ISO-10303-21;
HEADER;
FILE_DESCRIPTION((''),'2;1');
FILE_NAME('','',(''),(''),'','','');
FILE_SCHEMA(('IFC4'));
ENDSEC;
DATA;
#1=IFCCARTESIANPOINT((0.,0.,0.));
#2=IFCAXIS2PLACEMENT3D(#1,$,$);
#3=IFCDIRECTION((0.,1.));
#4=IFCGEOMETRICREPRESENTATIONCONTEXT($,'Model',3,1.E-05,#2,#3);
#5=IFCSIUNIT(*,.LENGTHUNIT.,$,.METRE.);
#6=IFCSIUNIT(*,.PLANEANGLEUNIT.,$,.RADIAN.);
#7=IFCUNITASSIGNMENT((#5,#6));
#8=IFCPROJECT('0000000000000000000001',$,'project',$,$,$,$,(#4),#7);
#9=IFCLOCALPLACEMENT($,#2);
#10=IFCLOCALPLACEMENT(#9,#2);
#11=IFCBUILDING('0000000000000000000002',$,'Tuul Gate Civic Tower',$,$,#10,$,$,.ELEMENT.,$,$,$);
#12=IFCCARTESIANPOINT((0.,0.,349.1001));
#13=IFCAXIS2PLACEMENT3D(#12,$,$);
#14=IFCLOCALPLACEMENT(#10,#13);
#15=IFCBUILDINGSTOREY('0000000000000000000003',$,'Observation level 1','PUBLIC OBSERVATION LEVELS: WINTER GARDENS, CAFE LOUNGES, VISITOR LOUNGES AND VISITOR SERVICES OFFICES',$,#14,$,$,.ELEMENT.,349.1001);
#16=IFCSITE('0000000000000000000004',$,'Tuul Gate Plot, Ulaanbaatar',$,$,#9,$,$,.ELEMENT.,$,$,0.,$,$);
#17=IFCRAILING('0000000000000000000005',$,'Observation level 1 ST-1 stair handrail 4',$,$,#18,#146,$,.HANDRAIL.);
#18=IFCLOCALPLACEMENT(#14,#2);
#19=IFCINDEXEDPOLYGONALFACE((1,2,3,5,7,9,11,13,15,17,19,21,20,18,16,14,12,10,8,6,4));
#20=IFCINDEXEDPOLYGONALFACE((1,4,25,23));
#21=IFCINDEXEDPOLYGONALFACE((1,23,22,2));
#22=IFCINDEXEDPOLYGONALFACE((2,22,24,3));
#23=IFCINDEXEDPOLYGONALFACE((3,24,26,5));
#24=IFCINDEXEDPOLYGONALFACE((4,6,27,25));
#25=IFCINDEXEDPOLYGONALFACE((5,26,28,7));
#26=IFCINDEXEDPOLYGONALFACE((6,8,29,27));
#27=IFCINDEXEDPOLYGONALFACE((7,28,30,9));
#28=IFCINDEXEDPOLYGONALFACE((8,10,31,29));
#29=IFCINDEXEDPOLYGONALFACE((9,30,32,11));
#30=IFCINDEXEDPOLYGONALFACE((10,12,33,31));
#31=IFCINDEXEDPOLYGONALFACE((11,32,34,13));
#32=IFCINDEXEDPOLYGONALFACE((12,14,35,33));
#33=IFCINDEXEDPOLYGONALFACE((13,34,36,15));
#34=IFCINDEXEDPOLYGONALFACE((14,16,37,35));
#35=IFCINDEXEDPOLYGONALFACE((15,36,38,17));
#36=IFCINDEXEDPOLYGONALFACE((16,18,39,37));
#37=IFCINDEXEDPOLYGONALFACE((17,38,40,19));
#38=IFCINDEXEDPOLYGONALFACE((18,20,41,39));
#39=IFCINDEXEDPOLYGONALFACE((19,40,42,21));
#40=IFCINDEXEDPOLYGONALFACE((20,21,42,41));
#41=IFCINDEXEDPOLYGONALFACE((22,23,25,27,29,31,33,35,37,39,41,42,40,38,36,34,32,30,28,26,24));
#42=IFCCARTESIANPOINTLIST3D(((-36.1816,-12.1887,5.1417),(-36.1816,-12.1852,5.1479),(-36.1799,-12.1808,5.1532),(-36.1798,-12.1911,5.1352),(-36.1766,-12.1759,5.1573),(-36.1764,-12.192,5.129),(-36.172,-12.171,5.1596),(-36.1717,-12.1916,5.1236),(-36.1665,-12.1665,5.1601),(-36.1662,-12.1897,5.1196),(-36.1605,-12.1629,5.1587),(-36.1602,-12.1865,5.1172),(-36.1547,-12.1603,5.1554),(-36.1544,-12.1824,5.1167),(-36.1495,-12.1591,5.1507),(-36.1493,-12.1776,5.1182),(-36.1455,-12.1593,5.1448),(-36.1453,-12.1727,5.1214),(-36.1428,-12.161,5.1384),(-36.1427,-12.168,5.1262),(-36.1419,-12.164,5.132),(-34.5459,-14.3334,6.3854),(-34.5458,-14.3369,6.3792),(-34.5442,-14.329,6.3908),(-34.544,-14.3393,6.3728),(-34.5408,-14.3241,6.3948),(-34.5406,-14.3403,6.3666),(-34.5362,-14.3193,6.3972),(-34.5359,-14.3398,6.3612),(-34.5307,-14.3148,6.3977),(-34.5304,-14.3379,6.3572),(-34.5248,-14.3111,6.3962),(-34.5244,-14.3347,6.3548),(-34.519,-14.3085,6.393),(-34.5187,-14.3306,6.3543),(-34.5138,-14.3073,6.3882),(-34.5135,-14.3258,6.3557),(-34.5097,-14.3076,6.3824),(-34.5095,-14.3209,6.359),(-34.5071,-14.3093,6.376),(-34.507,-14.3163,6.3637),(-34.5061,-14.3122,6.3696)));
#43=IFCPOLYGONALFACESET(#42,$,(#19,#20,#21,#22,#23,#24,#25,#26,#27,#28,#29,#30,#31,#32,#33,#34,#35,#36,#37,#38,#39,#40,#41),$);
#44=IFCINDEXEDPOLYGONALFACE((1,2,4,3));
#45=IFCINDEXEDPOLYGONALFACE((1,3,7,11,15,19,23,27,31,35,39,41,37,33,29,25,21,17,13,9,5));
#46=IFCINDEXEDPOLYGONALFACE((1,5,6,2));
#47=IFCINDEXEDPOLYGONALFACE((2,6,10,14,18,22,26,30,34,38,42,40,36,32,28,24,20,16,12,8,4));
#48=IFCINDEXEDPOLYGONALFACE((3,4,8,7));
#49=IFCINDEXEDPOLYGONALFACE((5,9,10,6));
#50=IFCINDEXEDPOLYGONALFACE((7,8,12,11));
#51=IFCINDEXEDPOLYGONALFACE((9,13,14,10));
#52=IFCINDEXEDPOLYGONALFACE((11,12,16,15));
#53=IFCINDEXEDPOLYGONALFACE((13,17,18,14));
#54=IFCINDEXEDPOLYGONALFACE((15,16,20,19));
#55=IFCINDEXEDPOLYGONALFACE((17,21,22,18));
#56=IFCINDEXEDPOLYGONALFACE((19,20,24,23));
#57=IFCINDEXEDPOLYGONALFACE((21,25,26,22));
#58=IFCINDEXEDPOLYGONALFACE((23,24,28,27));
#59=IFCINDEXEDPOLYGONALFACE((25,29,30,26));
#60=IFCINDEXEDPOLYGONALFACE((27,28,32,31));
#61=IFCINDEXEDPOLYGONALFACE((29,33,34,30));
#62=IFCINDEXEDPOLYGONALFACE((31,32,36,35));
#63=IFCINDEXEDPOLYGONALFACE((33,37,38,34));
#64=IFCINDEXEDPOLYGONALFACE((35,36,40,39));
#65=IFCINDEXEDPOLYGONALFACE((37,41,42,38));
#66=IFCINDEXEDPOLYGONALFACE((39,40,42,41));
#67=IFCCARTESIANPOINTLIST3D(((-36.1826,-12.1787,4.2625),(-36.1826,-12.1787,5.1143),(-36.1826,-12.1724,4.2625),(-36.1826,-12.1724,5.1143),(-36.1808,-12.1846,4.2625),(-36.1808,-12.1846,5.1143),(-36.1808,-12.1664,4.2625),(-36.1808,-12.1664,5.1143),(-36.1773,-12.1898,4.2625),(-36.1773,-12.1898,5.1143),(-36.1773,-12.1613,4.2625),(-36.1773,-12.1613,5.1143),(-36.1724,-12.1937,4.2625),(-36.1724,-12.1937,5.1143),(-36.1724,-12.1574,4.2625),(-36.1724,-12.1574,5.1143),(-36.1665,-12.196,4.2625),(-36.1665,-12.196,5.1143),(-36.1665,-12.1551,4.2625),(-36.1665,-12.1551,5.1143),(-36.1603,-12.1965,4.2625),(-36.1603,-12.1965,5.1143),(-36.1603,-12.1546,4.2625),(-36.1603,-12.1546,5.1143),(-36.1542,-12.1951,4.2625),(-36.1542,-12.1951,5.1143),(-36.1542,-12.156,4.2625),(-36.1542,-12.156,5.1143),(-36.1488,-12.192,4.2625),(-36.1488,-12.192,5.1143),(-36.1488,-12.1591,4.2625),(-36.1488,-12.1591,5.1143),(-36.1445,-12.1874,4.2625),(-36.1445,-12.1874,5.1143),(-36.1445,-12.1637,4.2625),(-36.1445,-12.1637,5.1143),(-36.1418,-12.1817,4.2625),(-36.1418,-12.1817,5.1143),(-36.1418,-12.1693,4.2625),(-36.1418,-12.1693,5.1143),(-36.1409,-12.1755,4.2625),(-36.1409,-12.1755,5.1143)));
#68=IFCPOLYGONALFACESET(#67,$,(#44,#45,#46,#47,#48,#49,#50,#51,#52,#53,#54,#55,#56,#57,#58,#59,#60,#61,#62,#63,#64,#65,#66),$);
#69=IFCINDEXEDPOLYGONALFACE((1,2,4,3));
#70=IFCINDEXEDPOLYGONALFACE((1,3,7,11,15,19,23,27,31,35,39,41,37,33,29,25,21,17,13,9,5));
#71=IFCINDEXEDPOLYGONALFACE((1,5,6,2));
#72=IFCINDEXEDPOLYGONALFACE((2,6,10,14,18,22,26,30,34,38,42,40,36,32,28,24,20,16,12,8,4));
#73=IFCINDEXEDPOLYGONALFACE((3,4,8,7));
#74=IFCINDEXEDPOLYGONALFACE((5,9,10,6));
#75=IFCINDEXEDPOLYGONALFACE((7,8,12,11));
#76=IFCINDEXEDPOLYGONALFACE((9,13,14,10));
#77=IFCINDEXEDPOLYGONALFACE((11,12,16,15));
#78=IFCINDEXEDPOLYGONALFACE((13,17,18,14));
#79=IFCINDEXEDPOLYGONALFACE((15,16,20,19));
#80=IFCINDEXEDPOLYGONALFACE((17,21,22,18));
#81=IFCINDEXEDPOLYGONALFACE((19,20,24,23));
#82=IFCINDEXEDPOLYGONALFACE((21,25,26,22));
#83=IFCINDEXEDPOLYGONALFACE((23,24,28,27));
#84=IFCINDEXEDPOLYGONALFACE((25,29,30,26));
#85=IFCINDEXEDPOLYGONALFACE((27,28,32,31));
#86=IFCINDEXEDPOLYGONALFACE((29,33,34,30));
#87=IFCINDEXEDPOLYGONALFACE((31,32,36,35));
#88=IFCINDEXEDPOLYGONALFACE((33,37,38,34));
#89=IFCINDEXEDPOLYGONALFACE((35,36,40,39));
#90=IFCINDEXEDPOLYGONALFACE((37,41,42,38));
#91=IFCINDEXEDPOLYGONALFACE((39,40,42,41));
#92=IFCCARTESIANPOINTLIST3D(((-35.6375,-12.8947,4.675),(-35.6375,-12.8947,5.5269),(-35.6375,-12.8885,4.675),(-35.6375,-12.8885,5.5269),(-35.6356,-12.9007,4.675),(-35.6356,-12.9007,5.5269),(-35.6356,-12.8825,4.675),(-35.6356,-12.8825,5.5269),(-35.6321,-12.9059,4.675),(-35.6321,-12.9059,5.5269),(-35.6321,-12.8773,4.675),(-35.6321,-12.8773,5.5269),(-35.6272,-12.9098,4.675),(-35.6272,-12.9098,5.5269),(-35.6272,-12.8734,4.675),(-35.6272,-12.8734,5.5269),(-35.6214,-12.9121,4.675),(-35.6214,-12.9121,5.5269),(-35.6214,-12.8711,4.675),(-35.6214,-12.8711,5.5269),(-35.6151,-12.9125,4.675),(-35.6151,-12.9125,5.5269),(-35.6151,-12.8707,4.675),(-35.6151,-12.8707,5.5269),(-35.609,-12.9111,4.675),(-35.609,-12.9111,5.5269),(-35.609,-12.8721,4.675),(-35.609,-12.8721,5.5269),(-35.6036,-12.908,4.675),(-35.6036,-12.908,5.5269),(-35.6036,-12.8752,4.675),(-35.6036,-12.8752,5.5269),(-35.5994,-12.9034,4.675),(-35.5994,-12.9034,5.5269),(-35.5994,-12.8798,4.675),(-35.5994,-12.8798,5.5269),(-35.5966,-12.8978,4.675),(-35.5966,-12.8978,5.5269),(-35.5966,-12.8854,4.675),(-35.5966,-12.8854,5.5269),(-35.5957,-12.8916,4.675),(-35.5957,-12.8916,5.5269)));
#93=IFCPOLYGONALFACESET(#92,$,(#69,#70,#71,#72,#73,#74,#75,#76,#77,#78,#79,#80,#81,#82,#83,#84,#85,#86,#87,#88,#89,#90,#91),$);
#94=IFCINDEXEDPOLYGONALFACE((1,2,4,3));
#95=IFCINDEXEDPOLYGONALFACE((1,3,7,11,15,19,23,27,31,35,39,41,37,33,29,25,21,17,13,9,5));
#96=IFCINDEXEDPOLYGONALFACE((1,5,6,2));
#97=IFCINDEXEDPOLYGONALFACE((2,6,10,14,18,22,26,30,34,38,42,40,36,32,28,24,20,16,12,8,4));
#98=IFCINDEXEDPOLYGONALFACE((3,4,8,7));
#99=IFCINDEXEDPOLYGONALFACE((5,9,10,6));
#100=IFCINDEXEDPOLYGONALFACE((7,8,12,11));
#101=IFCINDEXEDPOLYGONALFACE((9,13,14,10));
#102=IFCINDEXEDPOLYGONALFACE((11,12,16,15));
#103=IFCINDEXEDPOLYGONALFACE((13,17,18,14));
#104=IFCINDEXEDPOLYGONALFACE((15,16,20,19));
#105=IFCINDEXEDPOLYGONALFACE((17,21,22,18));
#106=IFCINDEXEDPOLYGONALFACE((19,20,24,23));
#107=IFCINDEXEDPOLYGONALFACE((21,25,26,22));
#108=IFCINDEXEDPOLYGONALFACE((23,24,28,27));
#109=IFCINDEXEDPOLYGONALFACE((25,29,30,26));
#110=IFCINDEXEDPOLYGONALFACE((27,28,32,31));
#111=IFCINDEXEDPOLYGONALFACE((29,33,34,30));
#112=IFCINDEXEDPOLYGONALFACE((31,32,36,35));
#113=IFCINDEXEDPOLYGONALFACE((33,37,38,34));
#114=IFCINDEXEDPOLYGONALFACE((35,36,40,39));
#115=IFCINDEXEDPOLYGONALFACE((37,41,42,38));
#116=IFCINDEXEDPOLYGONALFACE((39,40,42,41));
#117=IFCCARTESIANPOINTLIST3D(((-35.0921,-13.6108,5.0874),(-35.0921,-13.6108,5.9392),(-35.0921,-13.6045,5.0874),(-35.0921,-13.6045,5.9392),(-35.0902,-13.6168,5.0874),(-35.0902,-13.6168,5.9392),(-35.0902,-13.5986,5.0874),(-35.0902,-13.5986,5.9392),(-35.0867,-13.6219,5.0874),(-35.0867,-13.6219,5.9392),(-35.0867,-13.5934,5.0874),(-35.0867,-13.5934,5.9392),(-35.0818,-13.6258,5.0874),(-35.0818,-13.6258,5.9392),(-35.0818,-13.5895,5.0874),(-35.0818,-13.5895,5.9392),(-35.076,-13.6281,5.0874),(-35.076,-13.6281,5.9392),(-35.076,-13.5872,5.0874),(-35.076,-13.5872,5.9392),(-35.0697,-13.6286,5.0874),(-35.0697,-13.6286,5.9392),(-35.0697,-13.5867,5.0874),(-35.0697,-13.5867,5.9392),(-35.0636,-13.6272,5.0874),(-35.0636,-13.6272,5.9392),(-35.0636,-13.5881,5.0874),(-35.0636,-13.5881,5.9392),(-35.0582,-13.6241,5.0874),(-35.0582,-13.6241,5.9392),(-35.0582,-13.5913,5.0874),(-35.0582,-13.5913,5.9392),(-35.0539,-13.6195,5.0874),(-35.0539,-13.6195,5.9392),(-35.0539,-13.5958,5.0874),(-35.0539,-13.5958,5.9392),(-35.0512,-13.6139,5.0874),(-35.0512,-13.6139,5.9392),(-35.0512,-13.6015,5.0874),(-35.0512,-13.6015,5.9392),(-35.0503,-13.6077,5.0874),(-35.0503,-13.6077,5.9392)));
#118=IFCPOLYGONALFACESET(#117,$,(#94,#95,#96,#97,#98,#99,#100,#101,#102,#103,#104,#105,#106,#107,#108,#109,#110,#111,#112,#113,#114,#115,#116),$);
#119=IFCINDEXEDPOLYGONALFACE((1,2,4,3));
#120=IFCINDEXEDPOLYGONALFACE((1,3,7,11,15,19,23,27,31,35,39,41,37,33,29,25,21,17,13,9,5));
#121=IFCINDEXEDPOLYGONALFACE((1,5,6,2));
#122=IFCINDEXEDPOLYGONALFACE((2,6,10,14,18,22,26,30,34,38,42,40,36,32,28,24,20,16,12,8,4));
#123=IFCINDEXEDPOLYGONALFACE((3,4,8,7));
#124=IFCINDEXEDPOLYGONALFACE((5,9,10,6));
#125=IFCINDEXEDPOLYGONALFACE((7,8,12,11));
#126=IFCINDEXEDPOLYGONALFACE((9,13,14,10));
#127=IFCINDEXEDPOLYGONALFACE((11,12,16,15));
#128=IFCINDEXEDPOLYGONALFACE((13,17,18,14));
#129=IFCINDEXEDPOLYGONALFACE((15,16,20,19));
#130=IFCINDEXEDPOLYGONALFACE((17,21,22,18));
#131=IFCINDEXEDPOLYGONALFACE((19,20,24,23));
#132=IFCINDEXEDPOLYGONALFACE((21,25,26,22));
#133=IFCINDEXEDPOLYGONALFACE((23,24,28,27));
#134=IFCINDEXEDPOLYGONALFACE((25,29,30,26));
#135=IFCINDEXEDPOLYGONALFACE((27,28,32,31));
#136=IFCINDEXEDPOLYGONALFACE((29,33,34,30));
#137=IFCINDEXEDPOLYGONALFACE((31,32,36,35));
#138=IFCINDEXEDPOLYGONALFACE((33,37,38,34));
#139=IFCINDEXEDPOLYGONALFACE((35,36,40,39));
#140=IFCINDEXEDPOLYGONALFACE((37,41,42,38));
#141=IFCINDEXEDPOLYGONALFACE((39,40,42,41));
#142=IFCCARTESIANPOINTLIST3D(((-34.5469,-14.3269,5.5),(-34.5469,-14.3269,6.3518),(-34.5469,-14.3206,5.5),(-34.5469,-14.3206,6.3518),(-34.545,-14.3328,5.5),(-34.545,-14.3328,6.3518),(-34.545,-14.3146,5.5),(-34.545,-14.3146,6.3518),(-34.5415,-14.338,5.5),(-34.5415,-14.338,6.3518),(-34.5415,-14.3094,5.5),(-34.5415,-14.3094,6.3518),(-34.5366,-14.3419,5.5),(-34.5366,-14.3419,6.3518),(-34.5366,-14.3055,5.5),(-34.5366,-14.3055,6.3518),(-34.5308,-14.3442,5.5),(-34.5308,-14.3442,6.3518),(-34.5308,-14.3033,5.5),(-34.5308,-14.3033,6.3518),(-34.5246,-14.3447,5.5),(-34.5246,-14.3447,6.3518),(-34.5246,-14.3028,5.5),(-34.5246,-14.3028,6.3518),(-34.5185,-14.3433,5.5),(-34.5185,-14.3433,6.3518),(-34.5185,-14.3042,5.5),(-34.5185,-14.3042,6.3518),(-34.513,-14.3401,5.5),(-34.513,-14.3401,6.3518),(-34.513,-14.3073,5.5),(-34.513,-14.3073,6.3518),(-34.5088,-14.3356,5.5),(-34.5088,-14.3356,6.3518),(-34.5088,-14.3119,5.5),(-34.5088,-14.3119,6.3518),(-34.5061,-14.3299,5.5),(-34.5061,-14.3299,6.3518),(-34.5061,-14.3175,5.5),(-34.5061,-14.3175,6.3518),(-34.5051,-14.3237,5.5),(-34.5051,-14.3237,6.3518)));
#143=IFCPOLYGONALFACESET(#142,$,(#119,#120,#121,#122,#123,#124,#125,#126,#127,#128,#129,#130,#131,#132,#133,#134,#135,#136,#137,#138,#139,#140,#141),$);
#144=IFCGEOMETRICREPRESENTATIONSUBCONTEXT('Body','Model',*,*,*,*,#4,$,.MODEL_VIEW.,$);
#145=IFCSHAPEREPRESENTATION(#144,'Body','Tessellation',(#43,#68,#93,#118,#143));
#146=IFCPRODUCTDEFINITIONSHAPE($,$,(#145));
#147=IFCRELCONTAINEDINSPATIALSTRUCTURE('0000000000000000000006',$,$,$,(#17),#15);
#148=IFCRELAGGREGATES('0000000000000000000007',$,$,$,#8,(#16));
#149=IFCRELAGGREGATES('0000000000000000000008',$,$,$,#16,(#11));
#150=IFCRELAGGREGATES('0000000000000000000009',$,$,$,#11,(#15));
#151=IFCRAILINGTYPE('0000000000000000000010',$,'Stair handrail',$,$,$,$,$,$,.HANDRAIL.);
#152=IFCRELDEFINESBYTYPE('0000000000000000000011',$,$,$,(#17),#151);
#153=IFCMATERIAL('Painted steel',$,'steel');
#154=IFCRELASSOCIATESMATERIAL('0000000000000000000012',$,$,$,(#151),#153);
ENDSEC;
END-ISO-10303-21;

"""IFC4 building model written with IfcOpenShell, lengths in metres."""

from ifc_helpers import new_model, si_unit, direction, frame, origin, origin_2d, place, context, subcontext, project, spatial, circle, extrude, material, type_object, element, save


model = new_model("IFC4")

# Units and contexts
model_context = context("Model", 3, precision=1e-05, world=origin(), true_north=direction((0.0, 1.0)))
body_context = subcontext(model_context, "Body", "Model", "MODEL_VIEW")
ifc_project = project(units=[si_unit("LENGTHUNIT", "METRE"), si_unit("PLANEANGLEUNIT", "RADIAN")], contexts=[model_context])

# Site, building, storey
site_placement = place(None, origin())
site = spatial("IfcSite", under=ifc_project, at=site_placement, Name="Tuul Gate Plot, Ulaanbaatar", CompositionType="ELEMENT", RefElevation=0.0)
building_placement = place(site_placement, origin())
building = spatial("IfcBuilding", under=site, at=building_placement, Name="Tuul Gate Civic Tower", CompositionType="ELEMENT")
storey_placement = place(building_placement, frame((0.0, 0.0, 349.1001)))
storey = spatial("IfcBuildingStorey", under=building, at=storey_placement, Name="Observation level 1", Description="PUBLIC OBSERVATION LEVELS: WINTER GARDENS, CAFE LOUNGES, VISITOR LOUNGES AND VISITOR SERVICES OFFICES", CompositionType="ELEMENT", Elevation=349.1001)

# Railing
ifc_material_1 = material(Name="Painted steel", Category="steel")
railing_type_1 = type_object("IfcRailingType", Name="Stair handrail", PredefinedType="HANDRAIL", material=ifc_material_1)
railing_1_placement = place(storey_placement, frame((-36.1619, -12.1755, 4.2625)))
element("IfcRailing", 1, at=railing_1_placement, inside=storey, type_object=railing_type_1, Name="Observation level 1 ST-1 stair handrail 4", PredefinedType="HANDRAIL", context=body_context, shape_type="SweptSolid", body=[
    extrude(circle(Radius=0.0239, at=origin_2d()), frame((0.0, 0.0, 0.876), z_axis=(0.550723, -0.723256, 0.416659), x_axis=(0.795606, 0.605814, 0.0)), (0.0, 0.0, 1.0), 2.9702),
    extrude(circle(Radius=0.021, at=origin_2d()), origin(), (0.0, 0.0, 1.0), 0.8518),
    extrude(circle(Radius=0.021, at=origin_2d()), frame((0.5452, -0.7161, 0.4126)), (0.0, 0.0, 1.0), 0.8518),
    extrude(circle(Radius=0.021, at=origin_2d()), frame((1.0906, -1.4321, 0.825)), (0.0, 0.0, 1.0), 0.8518),
    extrude(circle(Radius=0.021, at=origin_2d()), frame((1.6357, -2.1482, 1.2375)), (0.0, 0.0, 1.0), 0.8518),
])

save(model, "model.ifc")
